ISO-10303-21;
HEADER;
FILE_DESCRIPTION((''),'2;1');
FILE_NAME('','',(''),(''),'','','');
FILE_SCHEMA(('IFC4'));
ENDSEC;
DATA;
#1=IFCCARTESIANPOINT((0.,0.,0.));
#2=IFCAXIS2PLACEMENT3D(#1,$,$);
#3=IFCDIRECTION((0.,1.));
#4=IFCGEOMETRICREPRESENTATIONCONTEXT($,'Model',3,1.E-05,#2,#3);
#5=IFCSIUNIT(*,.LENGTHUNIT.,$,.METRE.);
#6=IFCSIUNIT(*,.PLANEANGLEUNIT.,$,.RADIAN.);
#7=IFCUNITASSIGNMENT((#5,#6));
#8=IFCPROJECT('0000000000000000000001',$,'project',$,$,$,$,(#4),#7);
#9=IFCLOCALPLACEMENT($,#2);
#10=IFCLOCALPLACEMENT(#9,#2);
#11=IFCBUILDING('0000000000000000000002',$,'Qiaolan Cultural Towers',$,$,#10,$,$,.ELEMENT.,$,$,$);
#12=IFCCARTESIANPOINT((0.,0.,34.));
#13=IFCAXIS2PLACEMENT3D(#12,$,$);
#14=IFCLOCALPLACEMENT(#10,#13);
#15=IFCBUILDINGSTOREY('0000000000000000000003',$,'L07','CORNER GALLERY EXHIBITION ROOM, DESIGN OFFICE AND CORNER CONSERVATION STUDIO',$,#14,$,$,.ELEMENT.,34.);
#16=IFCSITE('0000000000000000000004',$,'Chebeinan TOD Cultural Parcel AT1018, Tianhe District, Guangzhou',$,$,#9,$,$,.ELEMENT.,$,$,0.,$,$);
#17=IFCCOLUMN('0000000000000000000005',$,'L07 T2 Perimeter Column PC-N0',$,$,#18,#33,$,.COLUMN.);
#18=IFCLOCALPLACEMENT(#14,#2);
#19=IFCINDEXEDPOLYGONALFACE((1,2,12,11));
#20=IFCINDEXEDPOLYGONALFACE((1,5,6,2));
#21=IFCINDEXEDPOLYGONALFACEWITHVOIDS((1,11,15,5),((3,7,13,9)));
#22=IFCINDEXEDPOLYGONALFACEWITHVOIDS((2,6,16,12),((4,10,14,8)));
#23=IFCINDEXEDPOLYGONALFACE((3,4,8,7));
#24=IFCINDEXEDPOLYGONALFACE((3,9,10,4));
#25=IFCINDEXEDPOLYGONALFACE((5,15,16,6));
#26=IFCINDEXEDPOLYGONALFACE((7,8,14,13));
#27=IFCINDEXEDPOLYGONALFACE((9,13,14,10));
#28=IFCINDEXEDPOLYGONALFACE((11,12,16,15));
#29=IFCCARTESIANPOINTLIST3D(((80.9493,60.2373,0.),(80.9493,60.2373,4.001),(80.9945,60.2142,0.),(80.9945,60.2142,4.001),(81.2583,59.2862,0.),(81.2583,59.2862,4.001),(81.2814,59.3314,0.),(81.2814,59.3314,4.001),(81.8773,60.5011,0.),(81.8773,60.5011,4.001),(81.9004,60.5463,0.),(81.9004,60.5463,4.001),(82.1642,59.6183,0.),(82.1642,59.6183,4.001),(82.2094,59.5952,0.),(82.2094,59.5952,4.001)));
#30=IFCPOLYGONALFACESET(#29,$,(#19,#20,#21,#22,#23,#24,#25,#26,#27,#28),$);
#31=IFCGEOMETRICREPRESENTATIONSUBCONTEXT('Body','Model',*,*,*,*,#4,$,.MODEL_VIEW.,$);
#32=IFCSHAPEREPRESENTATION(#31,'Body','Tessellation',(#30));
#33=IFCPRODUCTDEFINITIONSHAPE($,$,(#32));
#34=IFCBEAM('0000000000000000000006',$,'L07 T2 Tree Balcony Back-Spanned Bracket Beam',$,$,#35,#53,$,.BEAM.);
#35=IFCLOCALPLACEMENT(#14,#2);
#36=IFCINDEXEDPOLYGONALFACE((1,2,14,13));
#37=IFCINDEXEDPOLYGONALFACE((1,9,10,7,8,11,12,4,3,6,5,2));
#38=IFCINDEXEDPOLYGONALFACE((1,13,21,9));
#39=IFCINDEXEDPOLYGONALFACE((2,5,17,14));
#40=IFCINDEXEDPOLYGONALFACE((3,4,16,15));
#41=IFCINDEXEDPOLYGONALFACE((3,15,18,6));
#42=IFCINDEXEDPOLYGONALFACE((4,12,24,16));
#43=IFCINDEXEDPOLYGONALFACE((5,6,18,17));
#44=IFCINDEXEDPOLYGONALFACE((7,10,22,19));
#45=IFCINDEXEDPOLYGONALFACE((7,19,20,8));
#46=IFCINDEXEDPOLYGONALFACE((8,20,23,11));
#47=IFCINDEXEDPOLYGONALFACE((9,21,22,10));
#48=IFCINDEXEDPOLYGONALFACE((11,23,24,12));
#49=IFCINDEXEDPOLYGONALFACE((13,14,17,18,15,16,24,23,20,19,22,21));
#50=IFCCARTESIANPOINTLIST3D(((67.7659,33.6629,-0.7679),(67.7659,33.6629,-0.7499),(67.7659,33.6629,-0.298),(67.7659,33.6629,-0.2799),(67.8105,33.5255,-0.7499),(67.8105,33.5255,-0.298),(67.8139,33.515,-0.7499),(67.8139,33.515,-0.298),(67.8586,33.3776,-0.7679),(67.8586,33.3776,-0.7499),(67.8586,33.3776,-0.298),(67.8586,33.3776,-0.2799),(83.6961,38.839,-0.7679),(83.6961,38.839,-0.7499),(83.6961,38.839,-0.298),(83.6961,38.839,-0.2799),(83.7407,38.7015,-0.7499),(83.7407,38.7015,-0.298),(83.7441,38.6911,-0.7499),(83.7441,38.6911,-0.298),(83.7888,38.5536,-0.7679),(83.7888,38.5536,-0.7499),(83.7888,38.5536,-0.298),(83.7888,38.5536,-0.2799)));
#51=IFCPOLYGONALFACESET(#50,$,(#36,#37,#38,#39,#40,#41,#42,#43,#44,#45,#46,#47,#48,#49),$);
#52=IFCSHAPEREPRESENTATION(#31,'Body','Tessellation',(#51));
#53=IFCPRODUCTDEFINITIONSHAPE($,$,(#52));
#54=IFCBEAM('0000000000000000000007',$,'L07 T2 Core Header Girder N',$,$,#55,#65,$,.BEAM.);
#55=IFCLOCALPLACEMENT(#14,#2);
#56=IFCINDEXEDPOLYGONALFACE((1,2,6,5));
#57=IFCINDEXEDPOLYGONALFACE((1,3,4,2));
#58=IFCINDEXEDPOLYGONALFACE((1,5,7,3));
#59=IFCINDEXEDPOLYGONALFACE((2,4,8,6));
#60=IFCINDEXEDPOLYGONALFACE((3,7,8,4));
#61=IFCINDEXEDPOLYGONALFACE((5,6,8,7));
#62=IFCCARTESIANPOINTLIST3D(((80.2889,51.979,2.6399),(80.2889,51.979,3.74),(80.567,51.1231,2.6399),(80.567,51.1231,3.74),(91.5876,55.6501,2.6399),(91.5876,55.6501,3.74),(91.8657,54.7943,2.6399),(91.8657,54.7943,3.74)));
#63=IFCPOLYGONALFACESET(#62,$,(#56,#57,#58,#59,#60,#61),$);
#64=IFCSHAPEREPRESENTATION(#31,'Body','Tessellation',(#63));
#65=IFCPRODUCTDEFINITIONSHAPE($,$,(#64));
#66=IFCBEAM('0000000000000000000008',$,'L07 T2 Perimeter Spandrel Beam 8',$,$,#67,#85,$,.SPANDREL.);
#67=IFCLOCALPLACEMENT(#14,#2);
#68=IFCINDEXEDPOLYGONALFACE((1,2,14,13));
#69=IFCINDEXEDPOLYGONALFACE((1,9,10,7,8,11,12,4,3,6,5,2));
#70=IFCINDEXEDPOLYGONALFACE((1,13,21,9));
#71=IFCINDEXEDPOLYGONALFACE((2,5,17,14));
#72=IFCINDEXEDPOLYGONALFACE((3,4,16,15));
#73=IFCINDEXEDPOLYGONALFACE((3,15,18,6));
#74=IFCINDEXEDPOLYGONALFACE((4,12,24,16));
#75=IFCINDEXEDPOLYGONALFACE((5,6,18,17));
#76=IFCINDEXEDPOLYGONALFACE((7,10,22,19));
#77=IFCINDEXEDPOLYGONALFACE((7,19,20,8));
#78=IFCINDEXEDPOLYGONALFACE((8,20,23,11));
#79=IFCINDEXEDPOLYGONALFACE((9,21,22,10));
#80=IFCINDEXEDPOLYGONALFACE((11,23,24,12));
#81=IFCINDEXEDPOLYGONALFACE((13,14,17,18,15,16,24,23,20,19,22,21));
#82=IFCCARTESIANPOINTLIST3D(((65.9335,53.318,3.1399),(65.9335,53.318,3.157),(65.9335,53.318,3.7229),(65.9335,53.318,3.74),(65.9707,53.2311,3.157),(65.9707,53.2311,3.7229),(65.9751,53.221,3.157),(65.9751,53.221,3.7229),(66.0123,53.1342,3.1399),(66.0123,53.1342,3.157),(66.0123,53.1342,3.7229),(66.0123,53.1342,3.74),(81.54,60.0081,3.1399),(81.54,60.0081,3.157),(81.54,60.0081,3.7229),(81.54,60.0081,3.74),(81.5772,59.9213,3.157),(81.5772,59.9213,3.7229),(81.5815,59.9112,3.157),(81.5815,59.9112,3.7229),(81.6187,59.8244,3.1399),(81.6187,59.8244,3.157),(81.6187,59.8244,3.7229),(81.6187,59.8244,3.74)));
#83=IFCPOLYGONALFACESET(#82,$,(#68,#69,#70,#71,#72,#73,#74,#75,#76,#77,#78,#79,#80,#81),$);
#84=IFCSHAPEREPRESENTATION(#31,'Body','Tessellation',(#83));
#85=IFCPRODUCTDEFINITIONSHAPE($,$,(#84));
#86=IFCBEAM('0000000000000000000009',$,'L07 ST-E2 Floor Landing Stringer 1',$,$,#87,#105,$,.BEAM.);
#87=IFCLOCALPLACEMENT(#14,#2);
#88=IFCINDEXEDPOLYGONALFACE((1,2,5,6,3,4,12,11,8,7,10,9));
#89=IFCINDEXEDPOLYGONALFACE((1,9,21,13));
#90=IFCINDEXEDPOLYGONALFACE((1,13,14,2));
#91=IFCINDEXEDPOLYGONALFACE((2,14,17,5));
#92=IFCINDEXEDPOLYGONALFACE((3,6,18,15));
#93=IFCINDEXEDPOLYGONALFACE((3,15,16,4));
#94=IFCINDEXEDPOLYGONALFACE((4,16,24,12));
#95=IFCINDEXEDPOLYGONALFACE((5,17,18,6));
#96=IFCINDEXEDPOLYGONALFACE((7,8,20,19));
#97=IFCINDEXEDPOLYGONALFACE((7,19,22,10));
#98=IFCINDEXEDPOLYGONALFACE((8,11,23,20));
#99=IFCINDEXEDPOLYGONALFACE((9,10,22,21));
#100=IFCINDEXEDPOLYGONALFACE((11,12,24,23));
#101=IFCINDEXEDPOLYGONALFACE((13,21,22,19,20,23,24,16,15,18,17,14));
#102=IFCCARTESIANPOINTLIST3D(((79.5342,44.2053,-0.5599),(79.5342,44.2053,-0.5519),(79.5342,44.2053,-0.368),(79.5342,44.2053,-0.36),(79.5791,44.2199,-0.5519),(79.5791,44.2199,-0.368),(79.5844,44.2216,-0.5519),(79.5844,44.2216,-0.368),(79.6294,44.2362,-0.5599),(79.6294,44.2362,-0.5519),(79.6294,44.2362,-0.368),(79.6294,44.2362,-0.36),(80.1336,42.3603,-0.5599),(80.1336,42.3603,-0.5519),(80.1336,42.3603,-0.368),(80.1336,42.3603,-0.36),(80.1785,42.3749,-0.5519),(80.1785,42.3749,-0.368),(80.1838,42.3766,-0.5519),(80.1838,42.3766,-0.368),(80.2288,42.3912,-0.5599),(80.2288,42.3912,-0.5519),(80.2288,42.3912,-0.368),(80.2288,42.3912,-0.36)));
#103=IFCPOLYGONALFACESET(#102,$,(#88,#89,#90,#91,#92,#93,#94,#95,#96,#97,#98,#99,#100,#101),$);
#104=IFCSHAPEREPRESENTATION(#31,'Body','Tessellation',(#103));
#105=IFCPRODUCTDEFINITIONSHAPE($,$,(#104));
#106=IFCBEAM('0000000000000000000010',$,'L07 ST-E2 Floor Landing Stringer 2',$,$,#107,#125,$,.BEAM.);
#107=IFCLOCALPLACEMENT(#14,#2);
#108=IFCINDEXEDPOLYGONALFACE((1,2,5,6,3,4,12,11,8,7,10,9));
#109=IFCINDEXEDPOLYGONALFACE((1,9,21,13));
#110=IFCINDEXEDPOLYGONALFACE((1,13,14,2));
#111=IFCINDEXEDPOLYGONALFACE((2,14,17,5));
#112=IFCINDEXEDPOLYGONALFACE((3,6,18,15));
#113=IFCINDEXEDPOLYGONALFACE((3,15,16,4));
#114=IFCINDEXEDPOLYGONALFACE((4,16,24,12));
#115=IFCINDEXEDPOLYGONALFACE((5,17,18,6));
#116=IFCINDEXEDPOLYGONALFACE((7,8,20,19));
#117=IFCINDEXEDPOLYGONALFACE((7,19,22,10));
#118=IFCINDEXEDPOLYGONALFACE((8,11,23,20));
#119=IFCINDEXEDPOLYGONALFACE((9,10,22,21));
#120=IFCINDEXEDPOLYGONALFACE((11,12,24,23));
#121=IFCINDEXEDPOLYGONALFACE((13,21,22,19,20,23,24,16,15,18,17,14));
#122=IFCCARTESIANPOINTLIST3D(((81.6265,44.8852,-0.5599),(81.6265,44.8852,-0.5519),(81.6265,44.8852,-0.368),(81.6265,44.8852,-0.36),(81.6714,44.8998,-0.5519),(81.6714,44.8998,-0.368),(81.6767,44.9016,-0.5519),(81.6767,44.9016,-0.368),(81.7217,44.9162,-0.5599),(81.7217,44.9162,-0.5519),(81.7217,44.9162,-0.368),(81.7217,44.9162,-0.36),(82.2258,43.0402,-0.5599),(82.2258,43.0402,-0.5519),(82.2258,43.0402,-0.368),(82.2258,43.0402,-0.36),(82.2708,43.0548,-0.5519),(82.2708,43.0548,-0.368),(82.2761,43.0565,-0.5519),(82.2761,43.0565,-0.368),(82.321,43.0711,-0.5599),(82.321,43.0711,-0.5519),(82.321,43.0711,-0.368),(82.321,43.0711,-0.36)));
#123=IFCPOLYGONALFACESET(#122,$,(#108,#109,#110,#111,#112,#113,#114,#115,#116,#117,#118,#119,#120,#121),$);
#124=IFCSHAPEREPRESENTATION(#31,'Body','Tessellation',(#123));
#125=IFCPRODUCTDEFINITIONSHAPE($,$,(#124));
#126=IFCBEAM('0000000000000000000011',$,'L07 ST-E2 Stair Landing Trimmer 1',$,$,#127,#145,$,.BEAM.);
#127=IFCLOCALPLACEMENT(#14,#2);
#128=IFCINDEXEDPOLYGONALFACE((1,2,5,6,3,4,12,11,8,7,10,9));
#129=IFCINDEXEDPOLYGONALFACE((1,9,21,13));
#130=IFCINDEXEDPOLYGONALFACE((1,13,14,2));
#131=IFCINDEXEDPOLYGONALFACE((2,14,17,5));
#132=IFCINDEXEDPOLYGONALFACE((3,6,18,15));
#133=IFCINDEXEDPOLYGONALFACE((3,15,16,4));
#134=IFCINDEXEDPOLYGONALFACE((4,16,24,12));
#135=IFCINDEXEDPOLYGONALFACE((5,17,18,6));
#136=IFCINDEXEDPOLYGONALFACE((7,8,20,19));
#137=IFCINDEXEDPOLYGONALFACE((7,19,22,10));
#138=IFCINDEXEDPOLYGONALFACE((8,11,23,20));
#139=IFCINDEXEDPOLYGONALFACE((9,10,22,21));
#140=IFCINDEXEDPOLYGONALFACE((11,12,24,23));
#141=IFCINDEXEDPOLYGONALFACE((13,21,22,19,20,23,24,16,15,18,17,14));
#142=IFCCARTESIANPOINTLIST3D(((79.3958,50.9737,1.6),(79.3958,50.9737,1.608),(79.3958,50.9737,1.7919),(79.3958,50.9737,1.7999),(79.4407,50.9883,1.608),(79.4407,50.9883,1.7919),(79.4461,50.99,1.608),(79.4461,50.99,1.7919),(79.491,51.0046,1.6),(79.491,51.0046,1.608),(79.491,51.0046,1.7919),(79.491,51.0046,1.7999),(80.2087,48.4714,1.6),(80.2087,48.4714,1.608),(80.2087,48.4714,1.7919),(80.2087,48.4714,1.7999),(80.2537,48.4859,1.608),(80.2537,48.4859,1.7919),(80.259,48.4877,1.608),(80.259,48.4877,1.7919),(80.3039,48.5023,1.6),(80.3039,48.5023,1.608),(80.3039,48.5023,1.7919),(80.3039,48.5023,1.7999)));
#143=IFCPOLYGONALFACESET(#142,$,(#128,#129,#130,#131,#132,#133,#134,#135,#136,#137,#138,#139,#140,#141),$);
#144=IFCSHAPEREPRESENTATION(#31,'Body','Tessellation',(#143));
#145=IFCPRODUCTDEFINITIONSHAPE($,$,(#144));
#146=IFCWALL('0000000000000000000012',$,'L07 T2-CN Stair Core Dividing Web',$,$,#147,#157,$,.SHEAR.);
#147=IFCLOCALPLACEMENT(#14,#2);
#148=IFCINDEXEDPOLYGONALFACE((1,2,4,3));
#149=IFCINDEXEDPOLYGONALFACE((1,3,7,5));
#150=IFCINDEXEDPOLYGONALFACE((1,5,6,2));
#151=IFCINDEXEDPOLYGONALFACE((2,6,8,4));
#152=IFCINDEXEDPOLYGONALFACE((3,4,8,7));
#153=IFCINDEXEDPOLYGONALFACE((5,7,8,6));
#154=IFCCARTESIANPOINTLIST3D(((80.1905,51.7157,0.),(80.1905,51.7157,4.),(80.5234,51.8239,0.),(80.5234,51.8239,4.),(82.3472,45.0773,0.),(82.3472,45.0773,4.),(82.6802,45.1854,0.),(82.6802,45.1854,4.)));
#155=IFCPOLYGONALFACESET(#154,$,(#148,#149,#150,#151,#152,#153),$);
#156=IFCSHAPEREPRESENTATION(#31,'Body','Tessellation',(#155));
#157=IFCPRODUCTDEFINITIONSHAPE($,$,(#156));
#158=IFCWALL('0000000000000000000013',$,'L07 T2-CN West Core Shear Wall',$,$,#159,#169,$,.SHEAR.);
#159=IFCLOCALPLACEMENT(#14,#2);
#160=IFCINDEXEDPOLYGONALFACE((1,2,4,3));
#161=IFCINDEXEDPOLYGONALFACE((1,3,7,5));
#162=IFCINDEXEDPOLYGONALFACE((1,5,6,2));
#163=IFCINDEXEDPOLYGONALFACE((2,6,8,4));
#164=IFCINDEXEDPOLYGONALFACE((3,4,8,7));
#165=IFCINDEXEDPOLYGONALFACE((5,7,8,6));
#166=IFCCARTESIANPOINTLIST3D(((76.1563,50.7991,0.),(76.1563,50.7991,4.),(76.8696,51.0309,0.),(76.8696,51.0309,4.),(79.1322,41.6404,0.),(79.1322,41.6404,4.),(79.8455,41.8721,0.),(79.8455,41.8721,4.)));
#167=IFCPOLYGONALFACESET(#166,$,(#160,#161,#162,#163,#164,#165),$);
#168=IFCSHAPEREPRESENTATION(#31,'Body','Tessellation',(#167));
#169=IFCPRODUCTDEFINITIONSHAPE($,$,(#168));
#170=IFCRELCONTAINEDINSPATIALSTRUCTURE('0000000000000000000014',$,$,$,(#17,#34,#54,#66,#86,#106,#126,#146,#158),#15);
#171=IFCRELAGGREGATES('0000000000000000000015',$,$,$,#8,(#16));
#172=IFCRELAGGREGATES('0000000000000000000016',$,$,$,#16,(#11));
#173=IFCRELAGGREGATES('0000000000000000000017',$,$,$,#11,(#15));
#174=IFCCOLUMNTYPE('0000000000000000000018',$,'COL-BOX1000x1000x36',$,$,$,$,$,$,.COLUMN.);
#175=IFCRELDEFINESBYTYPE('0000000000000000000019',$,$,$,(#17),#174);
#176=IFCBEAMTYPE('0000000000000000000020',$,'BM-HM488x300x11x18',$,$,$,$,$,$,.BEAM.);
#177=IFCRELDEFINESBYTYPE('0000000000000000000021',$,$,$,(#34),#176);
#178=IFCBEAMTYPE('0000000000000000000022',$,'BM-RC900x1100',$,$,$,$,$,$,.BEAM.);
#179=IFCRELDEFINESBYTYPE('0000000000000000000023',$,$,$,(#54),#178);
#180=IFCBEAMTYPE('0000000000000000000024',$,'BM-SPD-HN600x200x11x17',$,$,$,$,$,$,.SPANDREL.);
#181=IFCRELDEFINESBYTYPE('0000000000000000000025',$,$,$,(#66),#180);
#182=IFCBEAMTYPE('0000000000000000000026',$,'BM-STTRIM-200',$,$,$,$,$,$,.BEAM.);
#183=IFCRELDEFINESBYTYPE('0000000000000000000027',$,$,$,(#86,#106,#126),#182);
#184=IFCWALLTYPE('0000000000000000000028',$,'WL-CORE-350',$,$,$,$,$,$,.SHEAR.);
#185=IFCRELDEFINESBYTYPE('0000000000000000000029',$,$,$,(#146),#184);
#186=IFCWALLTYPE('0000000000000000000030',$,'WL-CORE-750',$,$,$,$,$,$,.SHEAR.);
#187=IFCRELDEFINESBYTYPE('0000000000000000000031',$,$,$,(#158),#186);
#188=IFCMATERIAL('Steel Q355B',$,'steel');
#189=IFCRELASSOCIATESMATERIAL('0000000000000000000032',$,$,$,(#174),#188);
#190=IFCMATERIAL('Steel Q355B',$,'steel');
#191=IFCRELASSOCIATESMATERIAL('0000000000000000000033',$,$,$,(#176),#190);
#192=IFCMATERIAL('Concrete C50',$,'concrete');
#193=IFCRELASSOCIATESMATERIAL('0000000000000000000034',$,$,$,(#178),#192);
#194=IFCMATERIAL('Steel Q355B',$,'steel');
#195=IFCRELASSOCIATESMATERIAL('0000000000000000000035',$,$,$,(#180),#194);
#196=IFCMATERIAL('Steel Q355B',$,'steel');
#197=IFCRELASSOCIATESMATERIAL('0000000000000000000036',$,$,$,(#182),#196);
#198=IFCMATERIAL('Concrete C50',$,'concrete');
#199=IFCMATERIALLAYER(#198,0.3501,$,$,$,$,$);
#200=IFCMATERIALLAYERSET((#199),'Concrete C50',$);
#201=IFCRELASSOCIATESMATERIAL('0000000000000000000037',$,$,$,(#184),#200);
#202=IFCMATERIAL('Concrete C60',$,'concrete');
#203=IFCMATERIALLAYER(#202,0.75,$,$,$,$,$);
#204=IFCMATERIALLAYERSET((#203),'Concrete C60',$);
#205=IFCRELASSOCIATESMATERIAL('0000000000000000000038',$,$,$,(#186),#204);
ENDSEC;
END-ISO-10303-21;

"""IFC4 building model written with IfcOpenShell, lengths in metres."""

from ifc_helpers import new_model, si_unit, direction, frame, frame_2d, origin, origin_2d, place, context, subcontext, project, spatial, rectangle, hollow_rectangle, i_section, extrude, material, layer, layer_set, material_profile, profile_set, type_object, element, save


model = new_model("IFC4")

# Units and contexts
model_context = context("Model", 3, precision=1e-05, world=origin(), true_north=direction((0.0, 1.0)))
body_context = subcontext(model_context, "Body", "Model", "MODEL_VIEW")
ifc_project = project(units=[si_unit("LENGTHUNIT", "METRE"), si_unit("PLANEANGLEUNIT", "RADIAN")], contexts=[model_context])

# Site, building, storey
site_placement = place(None, origin())
site = spatial("IfcSite", under=ifc_project, at=site_placement, Name="Chebeinan TOD Cultural Parcel AT1018, Tianhe District, Guangzhou", CompositionType="ELEMENT", RefElevation=0.0)
building_placement = place(site_placement, origin())
building = spatial("IfcBuilding", under=site, at=building_placement, Name="Qiaolan Cultural Towers", CompositionType="ELEMENT")
storey_placement = place(building_placement, frame((0.0, 0.0, 34.0)))
storey = spatial("IfcBuildingStorey", under=building, at=storey_placement, Name="L07", Description="CORNER GALLERY EXHIBITION ROOM, DESIGN OFFICE AND CORNER CONSERVATION STUDIO", CompositionType="ELEMENT", Elevation=34.0)

# Column
ifc_material_1 = material(Name="Steel Q355B", Category="steel")
ifc_material_profile_1 = material_profile(ifc_material_1, hollow_rectangle(XDim=1.0, YDim=1.0, WallThickness=0.0359, at=origin_2d()), Name="BOX1000x1000x36")
ifc_profile_set_1 = profile_set([ifc_material_profile_1], Name="Steel Q355B")
column_type = type_object("IfcColumnType", Name="COL-BOX1000x1000x36", PredefinedType="COLUMN", material=ifc_profile_set_1)
column_placement = place(storey_placement, frame((81.5793, 59.9163, 0.0), z_axis=(0.0, 0.0, 1.0), x_axis=(0.951057, 0.309017, 0.0)))
element("IfcColumn", 1, at=column_placement, inside=storey, type_object=column_type, Name="L07 T2 Perimeter Column PC-N0", PredefinedType="COLUMN", context=body_context, shape_type="SweptSolid", body=[
    extrude(hollow_rectangle(XDim=1.0, YDim=1.0, WallThickness=0.0359, at=origin_2d()), origin(), (0.0, 0.0, 1.0), 4.001),
])

# Beams
ifc_material_2 = material(Name="Steel Q355B", Category="steel")
ifc_material_profile_2 = material_profile(ifc_material_2, i_section(OverallWidth=0.3, OverallDepth=0.488, WebThickness=0.011, FlangeThickness=0.0181, at=origin_2d()), Name="HM488x300x11x18")
ifc_profile_set_2 = profile_set([ifc_material_profile_2], Name="Steel Q355B")
beam_type_1 = type_object("IfcBeamType", Name="BM-HM488x300x11x18", PredefinedType="BEAM", material=ifc_profile_set_2)
beam_1_placement = place(storey_placement, frame((83.7424, 38.6963, -0.5239), z_axis=(-0.951057, -0.309017, 0.0), x_axis=(0.309017, -0.951057, 0.0)))
element("IfcBeam", 2, at=beam_1_placement, inside=storey, type_object=beam_type_1, Name="L07 T2 Tree Balcony Back-Spanned Bracket Beam", PredefinedType="BEAM", context=body_context, shape_type="SweptSolid", body=[
    extrude(i_section(OverallWidth=0.3, OverallDepth=0.488, WebThickness=0.011, FlangeThickness=0.0181, at=origin_2d()), origin(), (0.0, 0.0, 1.0), 16.75),
])
ifc_material_3 = material(Name="Concrete C50", Category="concrete")
ifc_material_profile_3 = material_profile(ifc_material_3, rectangle(XDim=0.8999, YDim=1.1001, at=origin_2d()), Name="RC900x1100")
ifc_profile_set_3 = profile_set([ifc_material_profile_3], Name="Concrete C50")
beam_type_2 = type_object("IfcBeamType", Name="BM-RC900x1100", PredefinedType="BEAM", material=ifc_profile_set_3)
beam_2_placement = place(storey_placement, frame((80.428, 51.551, 3.1899), z_axis=(0.951056, 0.309018, 0.0), x_axis=(-0.309018, 0.951056, 0.0)))
element("IfcBeam", 3, at=beam_2_placement, inside=storey, type_object=beam_type_2, Name="L07 T2 Core Header Girder N", PredefinedType="BEAM", context=body_context, shape_type="SweptSolid", body=[
    extrude(rectangle(XDim=0.8999, YDim=1.1001, at=origin_2d()), origin(), (0.0, 0.0, 1.0), 11.8801),
])
ifc_material_4 = material(Name="Steel Q355B", Category="steel")
ifc_material_profile_4 = material_profile(ifc_material_4, i_section(OverallWidth=0.2, OverallDepth=0.6001, WebThickness=0.011, FlangeThickness=0.0171, at=origin_2d()), Name="HN600x200x11x17")
ifc_profile_set_4 = profile_set([ifc_material_profile_4], Name="Steel Q355B")
beam_type_3 = type_object("IfcBeamType", Name="BM-SPD-HN600x200x11x17", PredefinedType="SPANDREL", material=ifc_profile_set_4)
beam_3_placement = place(storey_placement, frame((81.5793, 59.9163, 3.4399), z_axis=(-0.919109, -0.394004, 0.0), x_axis=(0.394004, -0.919109, 0.0)))
element("IfcBeam", 4, at=beam_3_placement, inside=storey, type_object=beam_type_3, Name="L07 T2 Perimeter Spandrel Beam 8", PredefinedType="SPANDREL", context=body_context, shape_type="SweptSolid", body=[
    extrude(i_section(OverallWidth=0.2, OverallDepth=0.6001, WebThickness=0.011, FlangeThickness=0.0171, at=origin_2d()), origin(), (0.0, 0.0, 1.0), 16.98),
])
ifc_material_5 = material(Name="Steel Q355B", Category="steel")
ifc_material_profile_5 = material_profile(ifc_material_5, i_section(OverallWidth=0.1001, OverallDepth=0.2, WebThickness=0.0056, FlangeThickness=0.0081, at=origin_2d()), Name="HN200x100x5.5x8")
ifc_profile_set_5 = profile_set([ifc_material_profile_5], Name="Steel Q355B")
beam_type_4 = type_object("IfcBeamType", Name="BM-STTRIM-200", PredefinedType="BEAM", material=ifc_profile_set_5)
for number, where, z_axis, x_axis, name in (
    (5, (80.1812, 42.3757, -0.46), (-0.308969, 0.951072, 0.0), (-0.951072, -0.308969, 0.0), "L07 ST-E2 Floor Landing Stringer 1"),
    (6, (82.2734, 43.0557, -0.46), (-0.308969, 0.951072, 0.0), (-0.951072, -0.308969, 0.0), "L07 ST-E2 Floor Landing Stringer 2"),
):
    element("IfcBeam", number, at=place(storey_placement, frame(where, z_axis=z_axis, x_axis=x_axis)), inside=storey, type_object=beam_type_4, Name=name, PredefinedType="BEAM", context=body_context, shape_type="SweptSolid", body=[
        extrude(i_section(OverallWidth=0.1001, OverallDepth=0.2, WebThickness=0.0056, FlangeThickness=0.0081, at=origin_2d()), origin(), (0.0, 0.0, 1.0), 1.9399),
    ])
beam_4_placement = place(storey_placement, frame((80.2563, 48.4868, 1.7), z_axis=(-0.308981, 0.951068, 0.0), x_axis=(-0.951068, -0.308981, 0.0)))
element("IfcBeam", 7, at=beam_4_placement, inside=storey, type_object=beam_type_4, Name="L07 ST-E2 Stair Landing Trimmer 1", PredefinedType="BEAM", context=body_context, shape_type="SweptSolid", body=[
    extrude(i_section(OverallWidth=0.1001, OverallDepth=0.2, WebThickness=0.0056, FlangeThickness=0.0081, at=origin_2d()), origin(), (0.0, 0.0, 1.0), 2.6311),
])

# Walls
ifc_material_6 = material(Name="Concrete C50", Category="concrete")
ifc_layer_1 = layer(ifc_material_6, 0.3501)
ifc_layer_set_1 = layer_set([ifc_layer_1], Name="Concrete C50")
wall_type_1 = type_object("IfcWallType", Name="WL-CORE-350", PredefinedType="SHEAR", material=ifc_layer_set_1)
wall_1_placement = place(storey_placement, frame((82.5137, 45.1313, 0.0), z_axis=(0.0, 0.0, 1.0), x_axis=(-0.308989, 0.951066, 0.0)))
element("IfcWall", 8, at=wall_1_placement, inside=storey, type_object=wall_type_1, Name="L07 T2-CN Stair Core Dividing Web", PredefinedType="SHEAR", context=body_context, shape_type="SweptSolid", body=[
    extrude(rectangle(XDim=6.98, YDim=0.3501, at=frame_2d((3.49, 0.0))), origin(), (0.0, 0.0, 1.0), 4.0),
])
ifc_material_7 = material(Name="Concrete C60", Category="concrete")
ifc_layer_2 = layer(ifc_material_7, 0.75)
ifc_layer_set_2 = layer_set([ifc_layer_2], Name="Concrete C60")
wall_type_2 = type_object("IfcWallType", Name="WL-CORE-750", PredefinedType="SHEAR", material=ifc_layer_set_2)
wall_2_placement = place(storey_placement, frame((79.4888, 41.7563, 0.0), z_axis=(0.0, 0.0, 1.0), x_axis=(-0.309016, 0.951057, 0.0)))
element("IfcWall", 9, at=wall_2_placement, inside=storey, type_object=wall_type_2, Name="L07 T2-CN West Core Shear Wall", PredefinedType="SHEAR", context=body_context, shape_type="SweptSolid", body=[
    extrude(rectangle(XDim=9.6301, YDim=0.75, at=frame_2d((4.8149, 0.0))), origin(), (0.0, 0.0, 1.0), 4.0),
])

save(model, "model.ifc")
